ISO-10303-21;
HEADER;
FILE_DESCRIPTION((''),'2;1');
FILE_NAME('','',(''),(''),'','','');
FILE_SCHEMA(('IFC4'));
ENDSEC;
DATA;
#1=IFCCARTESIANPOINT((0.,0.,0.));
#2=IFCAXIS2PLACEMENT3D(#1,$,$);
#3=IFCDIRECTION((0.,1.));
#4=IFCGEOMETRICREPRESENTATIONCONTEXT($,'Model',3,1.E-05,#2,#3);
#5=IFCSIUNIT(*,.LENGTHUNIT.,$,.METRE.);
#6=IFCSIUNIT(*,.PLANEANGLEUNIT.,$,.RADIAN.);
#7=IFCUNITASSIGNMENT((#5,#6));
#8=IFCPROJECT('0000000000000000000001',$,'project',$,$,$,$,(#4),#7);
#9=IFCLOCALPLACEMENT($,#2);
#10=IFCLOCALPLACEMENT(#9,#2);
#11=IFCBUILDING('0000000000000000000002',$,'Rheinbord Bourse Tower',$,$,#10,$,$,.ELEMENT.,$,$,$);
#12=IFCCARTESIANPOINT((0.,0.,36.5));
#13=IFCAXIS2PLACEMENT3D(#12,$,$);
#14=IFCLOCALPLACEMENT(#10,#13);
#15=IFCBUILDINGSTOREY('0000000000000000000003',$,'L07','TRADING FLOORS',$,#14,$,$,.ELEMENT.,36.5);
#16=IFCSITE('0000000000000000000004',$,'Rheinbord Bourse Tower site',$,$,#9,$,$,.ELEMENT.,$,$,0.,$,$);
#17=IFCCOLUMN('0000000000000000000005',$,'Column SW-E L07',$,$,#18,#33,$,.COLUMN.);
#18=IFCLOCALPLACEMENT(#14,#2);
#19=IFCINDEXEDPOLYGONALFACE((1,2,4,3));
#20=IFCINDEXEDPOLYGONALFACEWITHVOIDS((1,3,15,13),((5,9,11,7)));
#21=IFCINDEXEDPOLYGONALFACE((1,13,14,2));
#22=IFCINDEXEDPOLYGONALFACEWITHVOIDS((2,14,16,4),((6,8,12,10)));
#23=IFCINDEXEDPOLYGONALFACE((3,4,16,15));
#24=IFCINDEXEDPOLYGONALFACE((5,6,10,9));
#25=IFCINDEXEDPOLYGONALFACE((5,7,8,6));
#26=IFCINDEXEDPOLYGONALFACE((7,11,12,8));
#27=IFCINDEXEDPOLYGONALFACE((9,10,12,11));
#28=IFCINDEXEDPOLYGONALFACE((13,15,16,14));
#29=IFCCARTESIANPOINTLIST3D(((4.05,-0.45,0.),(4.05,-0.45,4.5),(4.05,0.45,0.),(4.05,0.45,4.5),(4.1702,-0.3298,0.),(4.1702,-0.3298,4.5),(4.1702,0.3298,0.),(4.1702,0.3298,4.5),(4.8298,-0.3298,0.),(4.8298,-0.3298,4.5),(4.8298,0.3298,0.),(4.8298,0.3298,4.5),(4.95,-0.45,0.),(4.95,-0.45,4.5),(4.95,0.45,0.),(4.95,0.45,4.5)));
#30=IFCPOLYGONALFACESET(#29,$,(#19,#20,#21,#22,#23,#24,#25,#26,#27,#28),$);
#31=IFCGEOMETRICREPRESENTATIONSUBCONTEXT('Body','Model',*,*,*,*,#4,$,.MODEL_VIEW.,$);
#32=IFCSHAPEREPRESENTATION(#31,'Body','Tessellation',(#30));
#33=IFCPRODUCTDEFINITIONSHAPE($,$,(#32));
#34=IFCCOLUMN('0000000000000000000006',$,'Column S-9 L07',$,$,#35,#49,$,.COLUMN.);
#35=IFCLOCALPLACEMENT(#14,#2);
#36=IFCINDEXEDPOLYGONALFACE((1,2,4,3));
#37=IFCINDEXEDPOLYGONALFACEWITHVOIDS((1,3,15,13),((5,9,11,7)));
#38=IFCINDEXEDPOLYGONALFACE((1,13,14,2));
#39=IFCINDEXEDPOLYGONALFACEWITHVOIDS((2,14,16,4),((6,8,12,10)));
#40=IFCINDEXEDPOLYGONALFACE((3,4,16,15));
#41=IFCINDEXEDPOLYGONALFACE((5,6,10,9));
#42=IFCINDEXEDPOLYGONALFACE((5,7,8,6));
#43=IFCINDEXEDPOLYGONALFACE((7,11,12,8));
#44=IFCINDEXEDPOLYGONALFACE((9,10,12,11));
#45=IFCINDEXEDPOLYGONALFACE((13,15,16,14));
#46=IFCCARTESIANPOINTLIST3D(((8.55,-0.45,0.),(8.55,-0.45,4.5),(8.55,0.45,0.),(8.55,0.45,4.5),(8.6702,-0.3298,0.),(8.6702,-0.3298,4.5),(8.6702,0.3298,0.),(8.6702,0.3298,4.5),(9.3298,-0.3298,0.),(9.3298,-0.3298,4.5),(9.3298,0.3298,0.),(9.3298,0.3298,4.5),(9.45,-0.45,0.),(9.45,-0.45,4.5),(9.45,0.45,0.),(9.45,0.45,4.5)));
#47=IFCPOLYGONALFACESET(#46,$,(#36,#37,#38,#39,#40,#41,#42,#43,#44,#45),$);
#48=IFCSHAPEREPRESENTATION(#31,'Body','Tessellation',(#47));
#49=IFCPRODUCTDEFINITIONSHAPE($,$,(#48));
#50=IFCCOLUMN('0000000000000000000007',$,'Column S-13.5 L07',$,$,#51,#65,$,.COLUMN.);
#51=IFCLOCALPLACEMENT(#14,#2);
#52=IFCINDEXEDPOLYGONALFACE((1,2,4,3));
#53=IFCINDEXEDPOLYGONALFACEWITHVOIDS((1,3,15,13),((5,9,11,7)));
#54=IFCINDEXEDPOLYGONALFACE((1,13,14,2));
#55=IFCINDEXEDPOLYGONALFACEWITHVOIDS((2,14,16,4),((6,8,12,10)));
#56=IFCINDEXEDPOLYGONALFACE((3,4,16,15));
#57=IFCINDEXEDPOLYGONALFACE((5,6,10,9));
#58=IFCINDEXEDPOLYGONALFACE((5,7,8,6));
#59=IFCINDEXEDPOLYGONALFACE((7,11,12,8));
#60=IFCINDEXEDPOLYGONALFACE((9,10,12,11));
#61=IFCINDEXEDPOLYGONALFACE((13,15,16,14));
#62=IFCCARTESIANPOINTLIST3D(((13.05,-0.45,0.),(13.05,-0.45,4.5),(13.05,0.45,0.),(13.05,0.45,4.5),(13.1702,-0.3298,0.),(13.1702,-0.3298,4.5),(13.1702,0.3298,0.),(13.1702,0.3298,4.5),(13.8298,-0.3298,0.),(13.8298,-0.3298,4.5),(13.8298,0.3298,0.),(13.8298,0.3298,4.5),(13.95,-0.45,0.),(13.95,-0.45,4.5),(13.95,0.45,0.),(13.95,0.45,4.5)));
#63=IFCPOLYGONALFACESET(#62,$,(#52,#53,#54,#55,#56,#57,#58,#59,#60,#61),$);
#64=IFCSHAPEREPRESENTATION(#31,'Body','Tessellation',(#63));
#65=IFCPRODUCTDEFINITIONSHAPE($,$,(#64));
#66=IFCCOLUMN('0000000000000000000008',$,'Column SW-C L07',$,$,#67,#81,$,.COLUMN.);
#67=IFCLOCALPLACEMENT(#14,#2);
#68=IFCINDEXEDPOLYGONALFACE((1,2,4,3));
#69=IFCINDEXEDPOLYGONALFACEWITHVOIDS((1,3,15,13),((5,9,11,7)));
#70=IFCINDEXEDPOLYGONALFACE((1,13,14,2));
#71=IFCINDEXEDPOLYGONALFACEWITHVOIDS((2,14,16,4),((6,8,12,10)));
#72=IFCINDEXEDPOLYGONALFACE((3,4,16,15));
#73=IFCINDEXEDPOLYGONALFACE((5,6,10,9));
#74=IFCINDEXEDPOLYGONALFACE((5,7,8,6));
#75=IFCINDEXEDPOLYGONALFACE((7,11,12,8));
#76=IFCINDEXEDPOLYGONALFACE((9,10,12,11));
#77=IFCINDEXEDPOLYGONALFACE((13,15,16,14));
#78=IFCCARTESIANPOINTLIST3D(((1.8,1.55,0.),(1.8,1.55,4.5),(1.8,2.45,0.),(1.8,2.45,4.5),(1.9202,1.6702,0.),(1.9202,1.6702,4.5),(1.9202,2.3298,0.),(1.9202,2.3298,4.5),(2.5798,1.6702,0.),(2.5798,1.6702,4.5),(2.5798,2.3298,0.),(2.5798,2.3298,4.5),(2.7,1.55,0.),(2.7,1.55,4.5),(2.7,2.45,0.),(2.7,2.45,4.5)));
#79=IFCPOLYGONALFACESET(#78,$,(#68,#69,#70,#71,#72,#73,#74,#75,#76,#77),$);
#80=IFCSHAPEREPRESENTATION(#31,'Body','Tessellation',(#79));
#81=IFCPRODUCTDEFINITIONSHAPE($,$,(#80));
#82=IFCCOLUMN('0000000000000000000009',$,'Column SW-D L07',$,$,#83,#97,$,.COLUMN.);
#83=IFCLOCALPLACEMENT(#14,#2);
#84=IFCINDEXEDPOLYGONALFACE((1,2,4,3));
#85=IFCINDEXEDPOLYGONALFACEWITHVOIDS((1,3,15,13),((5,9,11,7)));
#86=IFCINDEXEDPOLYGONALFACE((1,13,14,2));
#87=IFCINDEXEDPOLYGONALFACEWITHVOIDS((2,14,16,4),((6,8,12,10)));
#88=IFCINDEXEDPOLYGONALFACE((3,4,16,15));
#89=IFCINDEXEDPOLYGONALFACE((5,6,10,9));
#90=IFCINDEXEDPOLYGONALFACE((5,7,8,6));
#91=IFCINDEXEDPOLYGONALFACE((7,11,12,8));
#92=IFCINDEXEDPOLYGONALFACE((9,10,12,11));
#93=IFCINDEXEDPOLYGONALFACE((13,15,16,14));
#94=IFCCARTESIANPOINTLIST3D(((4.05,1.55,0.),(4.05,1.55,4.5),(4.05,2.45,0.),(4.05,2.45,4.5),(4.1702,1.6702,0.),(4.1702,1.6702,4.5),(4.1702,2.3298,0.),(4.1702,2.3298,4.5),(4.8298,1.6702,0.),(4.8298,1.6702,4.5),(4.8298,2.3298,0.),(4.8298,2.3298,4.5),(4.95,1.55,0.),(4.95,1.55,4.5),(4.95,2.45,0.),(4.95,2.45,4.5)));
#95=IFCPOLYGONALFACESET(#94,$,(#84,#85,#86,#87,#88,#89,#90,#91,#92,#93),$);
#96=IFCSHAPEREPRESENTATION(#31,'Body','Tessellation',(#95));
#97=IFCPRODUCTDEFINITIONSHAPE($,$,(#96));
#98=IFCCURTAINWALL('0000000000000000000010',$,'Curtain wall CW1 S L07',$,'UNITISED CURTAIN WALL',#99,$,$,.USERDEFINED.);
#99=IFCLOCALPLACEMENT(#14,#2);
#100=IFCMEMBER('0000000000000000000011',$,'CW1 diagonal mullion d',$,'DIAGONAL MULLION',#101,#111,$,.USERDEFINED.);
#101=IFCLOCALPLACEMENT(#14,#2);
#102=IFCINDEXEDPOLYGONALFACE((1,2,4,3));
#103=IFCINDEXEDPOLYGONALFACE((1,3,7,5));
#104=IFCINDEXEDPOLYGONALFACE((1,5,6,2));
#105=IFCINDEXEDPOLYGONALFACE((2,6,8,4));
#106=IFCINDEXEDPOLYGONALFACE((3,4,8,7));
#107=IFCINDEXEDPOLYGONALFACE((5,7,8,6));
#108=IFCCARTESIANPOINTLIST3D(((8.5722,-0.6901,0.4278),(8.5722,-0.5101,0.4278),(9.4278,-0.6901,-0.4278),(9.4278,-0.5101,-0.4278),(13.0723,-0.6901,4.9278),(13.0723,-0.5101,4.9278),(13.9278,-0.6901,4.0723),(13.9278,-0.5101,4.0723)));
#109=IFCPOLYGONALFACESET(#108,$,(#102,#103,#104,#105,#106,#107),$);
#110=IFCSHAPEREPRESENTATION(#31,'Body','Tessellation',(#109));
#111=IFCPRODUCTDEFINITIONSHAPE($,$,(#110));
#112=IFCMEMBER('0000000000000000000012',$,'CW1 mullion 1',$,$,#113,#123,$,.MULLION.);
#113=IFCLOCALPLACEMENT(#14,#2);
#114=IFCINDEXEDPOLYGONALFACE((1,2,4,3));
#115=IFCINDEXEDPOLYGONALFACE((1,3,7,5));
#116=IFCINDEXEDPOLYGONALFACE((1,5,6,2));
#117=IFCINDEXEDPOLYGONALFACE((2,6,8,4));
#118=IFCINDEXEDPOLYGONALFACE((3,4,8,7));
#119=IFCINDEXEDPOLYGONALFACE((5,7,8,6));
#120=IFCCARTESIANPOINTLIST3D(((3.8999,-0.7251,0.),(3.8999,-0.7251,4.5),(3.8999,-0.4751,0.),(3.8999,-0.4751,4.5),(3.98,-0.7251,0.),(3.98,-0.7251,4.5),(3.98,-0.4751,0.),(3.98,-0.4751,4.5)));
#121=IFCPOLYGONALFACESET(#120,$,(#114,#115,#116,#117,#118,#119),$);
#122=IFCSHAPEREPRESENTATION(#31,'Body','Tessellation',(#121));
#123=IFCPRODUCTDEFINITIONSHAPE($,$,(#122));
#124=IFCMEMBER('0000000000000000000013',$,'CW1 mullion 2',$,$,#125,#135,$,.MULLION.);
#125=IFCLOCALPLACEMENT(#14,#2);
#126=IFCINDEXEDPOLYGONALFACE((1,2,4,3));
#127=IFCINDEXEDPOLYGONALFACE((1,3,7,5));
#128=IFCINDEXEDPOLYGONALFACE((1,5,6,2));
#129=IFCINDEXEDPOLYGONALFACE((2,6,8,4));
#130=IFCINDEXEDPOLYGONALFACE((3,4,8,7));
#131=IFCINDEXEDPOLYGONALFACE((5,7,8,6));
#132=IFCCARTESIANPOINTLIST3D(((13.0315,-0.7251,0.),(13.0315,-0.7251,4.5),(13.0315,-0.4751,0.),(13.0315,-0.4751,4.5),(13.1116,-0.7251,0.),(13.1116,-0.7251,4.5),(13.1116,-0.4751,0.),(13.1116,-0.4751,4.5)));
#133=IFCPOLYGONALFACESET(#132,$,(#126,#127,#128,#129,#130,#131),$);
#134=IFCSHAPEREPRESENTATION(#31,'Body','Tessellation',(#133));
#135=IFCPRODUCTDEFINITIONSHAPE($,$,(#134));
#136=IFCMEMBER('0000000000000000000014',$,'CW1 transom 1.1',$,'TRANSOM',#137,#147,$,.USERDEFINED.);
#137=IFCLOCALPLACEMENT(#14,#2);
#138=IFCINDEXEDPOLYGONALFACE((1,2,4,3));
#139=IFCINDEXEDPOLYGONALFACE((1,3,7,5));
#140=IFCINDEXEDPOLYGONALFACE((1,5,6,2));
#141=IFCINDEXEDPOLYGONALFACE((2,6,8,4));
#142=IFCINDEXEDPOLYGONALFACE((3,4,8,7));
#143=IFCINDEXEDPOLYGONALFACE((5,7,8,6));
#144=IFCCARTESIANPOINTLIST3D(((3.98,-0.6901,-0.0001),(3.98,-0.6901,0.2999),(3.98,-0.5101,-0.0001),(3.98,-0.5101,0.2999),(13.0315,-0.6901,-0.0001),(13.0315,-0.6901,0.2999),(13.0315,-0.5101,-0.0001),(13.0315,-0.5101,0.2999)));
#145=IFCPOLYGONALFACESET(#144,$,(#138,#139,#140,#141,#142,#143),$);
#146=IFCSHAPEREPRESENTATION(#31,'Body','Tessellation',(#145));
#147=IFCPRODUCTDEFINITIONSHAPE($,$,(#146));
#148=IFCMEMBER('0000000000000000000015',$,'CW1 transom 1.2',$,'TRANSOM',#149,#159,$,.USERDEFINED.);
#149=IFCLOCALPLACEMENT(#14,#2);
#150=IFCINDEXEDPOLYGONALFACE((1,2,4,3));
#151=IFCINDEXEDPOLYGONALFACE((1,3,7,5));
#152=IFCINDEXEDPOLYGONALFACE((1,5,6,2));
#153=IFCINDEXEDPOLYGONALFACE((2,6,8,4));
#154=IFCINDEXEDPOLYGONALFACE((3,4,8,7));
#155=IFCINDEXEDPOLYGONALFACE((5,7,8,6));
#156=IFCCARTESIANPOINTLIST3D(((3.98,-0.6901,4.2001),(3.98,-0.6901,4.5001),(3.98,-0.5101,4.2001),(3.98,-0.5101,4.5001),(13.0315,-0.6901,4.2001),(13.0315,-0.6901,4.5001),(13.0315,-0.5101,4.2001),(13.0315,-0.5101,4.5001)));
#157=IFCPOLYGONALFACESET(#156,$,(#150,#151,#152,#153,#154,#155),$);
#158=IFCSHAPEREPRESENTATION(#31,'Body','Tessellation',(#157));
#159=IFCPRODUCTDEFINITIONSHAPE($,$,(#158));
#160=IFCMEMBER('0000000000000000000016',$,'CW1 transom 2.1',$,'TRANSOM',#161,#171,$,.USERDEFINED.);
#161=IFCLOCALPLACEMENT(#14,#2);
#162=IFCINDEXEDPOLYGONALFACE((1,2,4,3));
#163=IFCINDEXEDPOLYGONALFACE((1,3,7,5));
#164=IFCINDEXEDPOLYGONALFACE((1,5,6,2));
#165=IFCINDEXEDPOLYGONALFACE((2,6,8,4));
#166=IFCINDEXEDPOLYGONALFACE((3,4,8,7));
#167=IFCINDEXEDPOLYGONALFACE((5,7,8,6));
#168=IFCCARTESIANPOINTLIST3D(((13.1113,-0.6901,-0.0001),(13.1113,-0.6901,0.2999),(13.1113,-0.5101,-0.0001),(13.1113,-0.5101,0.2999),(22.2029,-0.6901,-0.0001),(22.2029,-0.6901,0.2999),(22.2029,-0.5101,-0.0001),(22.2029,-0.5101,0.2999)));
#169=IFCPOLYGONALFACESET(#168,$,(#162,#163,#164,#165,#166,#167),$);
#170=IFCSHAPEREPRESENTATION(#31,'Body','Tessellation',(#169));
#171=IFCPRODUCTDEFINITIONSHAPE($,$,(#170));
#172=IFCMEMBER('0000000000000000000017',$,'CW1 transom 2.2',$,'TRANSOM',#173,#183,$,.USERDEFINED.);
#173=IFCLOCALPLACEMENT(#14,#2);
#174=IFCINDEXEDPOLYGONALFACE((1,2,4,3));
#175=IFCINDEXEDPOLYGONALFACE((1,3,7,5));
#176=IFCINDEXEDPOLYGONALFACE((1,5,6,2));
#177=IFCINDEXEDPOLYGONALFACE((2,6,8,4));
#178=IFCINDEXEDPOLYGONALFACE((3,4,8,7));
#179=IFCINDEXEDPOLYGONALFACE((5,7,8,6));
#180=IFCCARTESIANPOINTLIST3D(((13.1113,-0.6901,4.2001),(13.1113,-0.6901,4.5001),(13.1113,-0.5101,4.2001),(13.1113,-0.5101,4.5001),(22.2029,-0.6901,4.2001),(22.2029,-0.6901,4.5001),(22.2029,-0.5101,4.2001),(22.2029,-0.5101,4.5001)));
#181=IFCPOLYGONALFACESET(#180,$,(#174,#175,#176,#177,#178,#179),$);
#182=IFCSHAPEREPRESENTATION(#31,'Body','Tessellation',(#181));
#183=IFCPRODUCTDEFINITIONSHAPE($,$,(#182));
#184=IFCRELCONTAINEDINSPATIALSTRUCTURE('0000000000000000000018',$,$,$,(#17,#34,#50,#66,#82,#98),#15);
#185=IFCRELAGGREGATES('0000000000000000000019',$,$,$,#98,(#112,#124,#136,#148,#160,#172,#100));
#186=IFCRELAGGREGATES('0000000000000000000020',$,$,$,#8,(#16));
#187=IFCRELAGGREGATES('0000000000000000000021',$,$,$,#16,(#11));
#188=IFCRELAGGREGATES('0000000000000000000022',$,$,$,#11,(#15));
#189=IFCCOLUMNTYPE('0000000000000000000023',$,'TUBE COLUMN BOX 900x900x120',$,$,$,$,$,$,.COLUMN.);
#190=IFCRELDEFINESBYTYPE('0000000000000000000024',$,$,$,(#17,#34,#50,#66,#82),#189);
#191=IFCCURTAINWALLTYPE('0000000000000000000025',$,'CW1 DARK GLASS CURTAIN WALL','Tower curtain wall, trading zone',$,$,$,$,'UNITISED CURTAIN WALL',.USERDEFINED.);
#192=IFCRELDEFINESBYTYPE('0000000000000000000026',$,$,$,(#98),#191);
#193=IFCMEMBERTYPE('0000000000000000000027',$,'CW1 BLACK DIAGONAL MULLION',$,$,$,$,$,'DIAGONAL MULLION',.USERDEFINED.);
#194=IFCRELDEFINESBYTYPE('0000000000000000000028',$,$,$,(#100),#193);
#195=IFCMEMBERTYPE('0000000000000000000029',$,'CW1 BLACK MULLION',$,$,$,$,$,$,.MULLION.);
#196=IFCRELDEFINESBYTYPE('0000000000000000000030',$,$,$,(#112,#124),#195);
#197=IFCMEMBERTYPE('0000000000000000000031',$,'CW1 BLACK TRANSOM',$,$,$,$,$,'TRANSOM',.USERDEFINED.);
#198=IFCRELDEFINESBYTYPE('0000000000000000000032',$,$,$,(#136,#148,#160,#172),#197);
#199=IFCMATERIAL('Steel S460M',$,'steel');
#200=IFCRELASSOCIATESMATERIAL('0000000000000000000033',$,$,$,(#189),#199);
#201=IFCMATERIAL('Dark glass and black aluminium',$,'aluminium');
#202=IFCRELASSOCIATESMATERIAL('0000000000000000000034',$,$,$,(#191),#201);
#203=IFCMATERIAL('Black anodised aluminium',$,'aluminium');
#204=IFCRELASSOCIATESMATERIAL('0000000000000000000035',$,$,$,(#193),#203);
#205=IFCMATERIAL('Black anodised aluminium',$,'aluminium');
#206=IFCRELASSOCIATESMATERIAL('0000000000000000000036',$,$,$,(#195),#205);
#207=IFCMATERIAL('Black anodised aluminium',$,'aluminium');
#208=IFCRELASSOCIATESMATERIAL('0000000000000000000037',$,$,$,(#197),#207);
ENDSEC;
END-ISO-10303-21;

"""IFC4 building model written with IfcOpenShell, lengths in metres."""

from ifc_helpers import new_model, si_unit, direction, frame, origin, origin_2d, place, context, subcontext, project, spatial, rectangle, hollow_rectangle, extrude, material, material_profile, profile_set, type_object, element, aggregate, save


model = new_model("IFC4")

# Units and contexts
model_context = context("Model", 3, precision=1e-05, world=origin(), true_north=direction((0.0, 1.0)))
body_context = subcontext(model_context, "Body", "Model", "MODEL_VIEW")
ifc_project = project(units=[si_unit("LENGTHUNIT", "METRE"), si_unit("PLANEANGLEUNIT", "RADIAN")], contexts=[model_context])

# Site, building, storey
site_placement = place(None, origin())
site = spatial("IfcSite", under=ifc_project, at=site_placement, Name="Rheinbord Bourse Tower site", CompositionType="ELEMENT", RefElevation=0.0)
building_placement = place(site_placement, origin())
building = spatial("IfcBuilding", under=site, at=building_placement, Name="Rheinbord Bourse Tower", CompositionType="ELEMENT")
storey_placement = place(building_placement, frame((0.0, 0.0, 36.5)))
storey = spatial("IfcBuildingStorey", under=building, at=storey_placement, Name="L07", Description="TRADING FLOORS", CompositionType="ELEMENT", Elevation=36.5)

# Columns
ifc_material_1 = material(Name="Steel S460M", Category="steel")
ifc_material_profile_1 = material_profile(ifc_material_1, hollow_rectangle(XDim=0.8999, YDim=0.8999, WallThickness=0.1201, at=origin_2d()), Name="BOX 900x900x120")
ifc_profile_set_1 = profile_set([ifc_material_profile_1], Name="Steel S460M")
column_type = type_object("IfcColumnType", Name="TUBE COLUMN BOX 900x900x120", PredefinedType="COLUMN", material=ifc_profile_set_1)
for number, where, z_axis, x_axis, name in (
    (1, (4.5, 0.0, 0.0), (0.0, 0.0, 1.0), (0.0, 1.0, 0.0), "Column SW-E L07"),
    (2, (9.0, 0.0, 0.0), (0.0, 0.0, 1.0), (0.0, 1.0, 0.0), "Column S-9 L07"),
    (3, (13.5, 0.0, 0.0), (0.0, 0.0, 1.0), (0.0, 1.0, 0.0), "Column S-13.5 L07"),
    (4, (2.25, 2.0, 0.0), (0.0, 0.0, 1.0), (1.0, 0.0, 0.0), "Column SW-C L07"),
    (5, (4.5, 2.0, 0.0), (0.0, 0.0, 1.0), (0.0, 1.0, 0.0), "Column SW-D L07"),
):
    element("IfcColumn", number, at=place(storey_placement, frame(where, z_axis=z_axis, x_axis=x_axis)), inside=storey, type_object=column_type, Name=name, PredefinedType="COLUMN", context=body_context, shape_type="SweptSolid", body=[
        extrude(hollow_rectangle(XDim=0.8999, YDim=0.8999, WallThickness=0.1201, at=origin_2d()), origin(), (0.0, 0.0, 1.0), 4.5),
    ])

# Curtain wall, members
ifc_material_2 = material(Name="Dark glass and black aluminium", Category="aluminium")
curtain_wall_type = type_object("IfcCurtainWallType", Name="CW1 DARK GLASS CURTAIN WALL", Description="Tower curtain wall, trading zone", ElementType="UNITISED CURTAIN WALL", PredefinedType="USERDEFINED", material=ifc_material_2)
curtain_wall_placement = place(storey_placement, origin())
curtain_wall = element("IfcCurtainWall", 6, at=curtain_wall_placement, inside=storey, type_object=curtain_wall_type, Name="Curtain wall CW1 S L07", ObjectType="UNITISED CURTAIN WALL", PredefinedType="USERDEFINED")
ifc_material_3 = material(Name="Black anodised aluminium", Category="aluminium")
ifc_material_profile_2 = material_profile(ifc_material_3, rectangle(XDim=0.1799, YDim=1.21, at=origin_2d()), Name="CW1 DIAGONAL MULLION 1210x180")
ifc_profile_set_2 = profile_set([ifc_material_profile_2], Name="Black anodised aluminium")
member_type_1 = type_object("IfcMemberType", Name="CW1 BLACK DIAGONAL MULLION", ElementType="DIAGONAL MULLION", PredefinedType="USERDEFINED", material=ifc_profile_set_2)
member_1_placement = place(storey_placement, frame((9.0, -0.6001, 0.0), z_axis=(0.707107, 0.0, 0.707107), x_axis=(0.0, 1.0, 0.0)))
member_1 = element("IfcMember", 7, at=member_1_placement, type_object=member_type_1, Name="CW1 diagonal mullion d", ObjectType="DIAGONAL MULLION", PredefinedType="USERDEFINED", context=body_context, shape_type="SweptSolid", body=[
    extrude(rectangle(XDim=0.1799, YDim=1.21, at=origin_2d()), origin(), (0.0, 0.0, 1.0), 6.364),
])
ifc_material_4 = material(Name="Black anodised aluminium", Category="aluminium")
ifc_material_profile_3 = material_profile(ifc_material_4, rectangle(XDim=0.25, YDim=0.0801, at=origin_2d()), Name="CW1 MULLION 80x250")
ifc_profile_set_3 = profile_set([ifc_material_profile_3], Name="Black anodised aluminium")
member_type_2 = type_object("IfcMemberType", Name="CW1 BLACK MULLION", PredefinedType="MULLION", material=ifc_profile_set_3)
member_2_placement = place(storey_placement, frame((3.9399, -0.6001, 0.0), z_axis=(0.0, 0.0, 1.0), x_axis=(0.0, 1.0, 0.0)))
member_2 = element("IfcMember", 8, at=member_2_placement, type_object=member_type_2, Name="CW1 mullion 1", PredefinedType="MULLION", context=body_context, shape_type="SweptSolid", body=[
    extrude(rectangle(XDim=0.25, YDim=0.0801, at=origin_2d()), origin(), (0.0, 0.0, 1.0), 4.5),
])
member_3_placement = place(storey_placement, frame((13.0715, -0.6001, 0.0), z_axis=(0.0, 0.0, 1.0), x_axis=(0.0, 1.0, 0.0)))
member_3 = element("IfcMember", 9, at=member_3_placement, type_object=member_type_2, Name="CW1 mullion 2", PredefinedType="MULLION", context=body_context, shape_type="SweptSolid", body=[
    extrude(rectangle(XDim=0.25, YDim=0.0801, at=origin_2d()), origin(), (0.0, 0.0, 1.0), 4.5),
])
ifc_material_5 = material(Name="Black anodised aluminium", Category="aluminium")
ifc_material_profile_4 = material_profile(ifc_material_5, rectangle(XDim=0.1799, YDim=0.3, at=origin_2d()), Name="CW1 TRANSOM 300x180")
ifc_profile_set_4 = profile_set([ifc_material_profile_4], Name="Black anodised aluminium")
member_type_3 = type_object("IfcMemberType", Name="CW1 BLACK TRANSOM", ElementType="TRANSOM", PredefinedType="USERDEFINED", material=ifc_profile_set_4)
member_4_placement = place(storey_placement, frame((3.98, -0.6001, 0.1499), z_axis=(1.0, 0.0, 0.0), x_axis=(0.0, 1.0, 0.0)))
member_4 = element("IfcMember", 10, at=member_4_placement, type_object=member_type_3, Name="CW1 transom 1.1", ObjectType="TRANSOM", PredefinedType="USERDEFINED", context=body_context, shape_type="SweptSolid", body=[
    extrude(rectangle(XDim=0.1799, YDim=0.3, at=origin_2d()), origin(), (0.0, 0.0, 1.0), 9.0515),
])
member_5_placement = place(storey_placement, frame((3.98, -0.6001, 4.3501), z_axis=(1.0, 0.0, 0.0), x_axis=(0.0, 1.0, 0.0)))
member_5 = element("IfcMember", 11, at=member_5_placement, type_object=member_type_3, Name="CW1 transom 1.2", ObjectType="TRANSOM", PredefinedType="USERDEFINED", context=body_context, shape_type="SweptSolid", body=[
    extrude(rectangle(XDim=0.1799, YDim=0.3, at=origin_2d()), origin(), (0.0, 0.0, 1.0), 9.0515),
])
member_6_placement = place(storey_placement, frame((13.1113, -0.6001, 0.1499), z_axis=(1.0, 0.0, 0.0), x_axis=(0.0, 1.0, 0.0)))
member_6 = element("IfcMember", 12, at=member_6_placement, type_object=member_type_3, Name="CW1 transom 2.1", ObjectType="TRANSOM", PredefinedType="USERDEFINED", context=body_context, shape_type="SweptSolid", body=[
    extrude(rectangle(XDim=0.1799, YDim=0.3, at=origin_2d()), origin(), (0.0, 0.0, 1.0), 9.0916),
])
member_7_placement = place(storey_placement, frame((13.1113, -0.6001, 4.3501), z_axis=(1.0, 0.0, 0.0), x_axis=(0.0, 1.0, 0.0)))
member_7 = element("IfcMember", 13, at=member_7_placement, type_object=member_type_3, Name="CW1 transom 2.2", ObjectType="TRANSOM", PredefinedType="USERDEFINED", context=body_context, shape_type="SweptSolid", body=[
    extrude(rectangle(XDim=0.1799, YDim=0.3, at=origin_2d()), origin(), (0.0, 0.0, 1.0), 9.0916),
])

aggregate(curtain_wall, [member_2, member_3, member_4, member_5, member_6, member_7, member_1])

save(model, "model.ifc")
